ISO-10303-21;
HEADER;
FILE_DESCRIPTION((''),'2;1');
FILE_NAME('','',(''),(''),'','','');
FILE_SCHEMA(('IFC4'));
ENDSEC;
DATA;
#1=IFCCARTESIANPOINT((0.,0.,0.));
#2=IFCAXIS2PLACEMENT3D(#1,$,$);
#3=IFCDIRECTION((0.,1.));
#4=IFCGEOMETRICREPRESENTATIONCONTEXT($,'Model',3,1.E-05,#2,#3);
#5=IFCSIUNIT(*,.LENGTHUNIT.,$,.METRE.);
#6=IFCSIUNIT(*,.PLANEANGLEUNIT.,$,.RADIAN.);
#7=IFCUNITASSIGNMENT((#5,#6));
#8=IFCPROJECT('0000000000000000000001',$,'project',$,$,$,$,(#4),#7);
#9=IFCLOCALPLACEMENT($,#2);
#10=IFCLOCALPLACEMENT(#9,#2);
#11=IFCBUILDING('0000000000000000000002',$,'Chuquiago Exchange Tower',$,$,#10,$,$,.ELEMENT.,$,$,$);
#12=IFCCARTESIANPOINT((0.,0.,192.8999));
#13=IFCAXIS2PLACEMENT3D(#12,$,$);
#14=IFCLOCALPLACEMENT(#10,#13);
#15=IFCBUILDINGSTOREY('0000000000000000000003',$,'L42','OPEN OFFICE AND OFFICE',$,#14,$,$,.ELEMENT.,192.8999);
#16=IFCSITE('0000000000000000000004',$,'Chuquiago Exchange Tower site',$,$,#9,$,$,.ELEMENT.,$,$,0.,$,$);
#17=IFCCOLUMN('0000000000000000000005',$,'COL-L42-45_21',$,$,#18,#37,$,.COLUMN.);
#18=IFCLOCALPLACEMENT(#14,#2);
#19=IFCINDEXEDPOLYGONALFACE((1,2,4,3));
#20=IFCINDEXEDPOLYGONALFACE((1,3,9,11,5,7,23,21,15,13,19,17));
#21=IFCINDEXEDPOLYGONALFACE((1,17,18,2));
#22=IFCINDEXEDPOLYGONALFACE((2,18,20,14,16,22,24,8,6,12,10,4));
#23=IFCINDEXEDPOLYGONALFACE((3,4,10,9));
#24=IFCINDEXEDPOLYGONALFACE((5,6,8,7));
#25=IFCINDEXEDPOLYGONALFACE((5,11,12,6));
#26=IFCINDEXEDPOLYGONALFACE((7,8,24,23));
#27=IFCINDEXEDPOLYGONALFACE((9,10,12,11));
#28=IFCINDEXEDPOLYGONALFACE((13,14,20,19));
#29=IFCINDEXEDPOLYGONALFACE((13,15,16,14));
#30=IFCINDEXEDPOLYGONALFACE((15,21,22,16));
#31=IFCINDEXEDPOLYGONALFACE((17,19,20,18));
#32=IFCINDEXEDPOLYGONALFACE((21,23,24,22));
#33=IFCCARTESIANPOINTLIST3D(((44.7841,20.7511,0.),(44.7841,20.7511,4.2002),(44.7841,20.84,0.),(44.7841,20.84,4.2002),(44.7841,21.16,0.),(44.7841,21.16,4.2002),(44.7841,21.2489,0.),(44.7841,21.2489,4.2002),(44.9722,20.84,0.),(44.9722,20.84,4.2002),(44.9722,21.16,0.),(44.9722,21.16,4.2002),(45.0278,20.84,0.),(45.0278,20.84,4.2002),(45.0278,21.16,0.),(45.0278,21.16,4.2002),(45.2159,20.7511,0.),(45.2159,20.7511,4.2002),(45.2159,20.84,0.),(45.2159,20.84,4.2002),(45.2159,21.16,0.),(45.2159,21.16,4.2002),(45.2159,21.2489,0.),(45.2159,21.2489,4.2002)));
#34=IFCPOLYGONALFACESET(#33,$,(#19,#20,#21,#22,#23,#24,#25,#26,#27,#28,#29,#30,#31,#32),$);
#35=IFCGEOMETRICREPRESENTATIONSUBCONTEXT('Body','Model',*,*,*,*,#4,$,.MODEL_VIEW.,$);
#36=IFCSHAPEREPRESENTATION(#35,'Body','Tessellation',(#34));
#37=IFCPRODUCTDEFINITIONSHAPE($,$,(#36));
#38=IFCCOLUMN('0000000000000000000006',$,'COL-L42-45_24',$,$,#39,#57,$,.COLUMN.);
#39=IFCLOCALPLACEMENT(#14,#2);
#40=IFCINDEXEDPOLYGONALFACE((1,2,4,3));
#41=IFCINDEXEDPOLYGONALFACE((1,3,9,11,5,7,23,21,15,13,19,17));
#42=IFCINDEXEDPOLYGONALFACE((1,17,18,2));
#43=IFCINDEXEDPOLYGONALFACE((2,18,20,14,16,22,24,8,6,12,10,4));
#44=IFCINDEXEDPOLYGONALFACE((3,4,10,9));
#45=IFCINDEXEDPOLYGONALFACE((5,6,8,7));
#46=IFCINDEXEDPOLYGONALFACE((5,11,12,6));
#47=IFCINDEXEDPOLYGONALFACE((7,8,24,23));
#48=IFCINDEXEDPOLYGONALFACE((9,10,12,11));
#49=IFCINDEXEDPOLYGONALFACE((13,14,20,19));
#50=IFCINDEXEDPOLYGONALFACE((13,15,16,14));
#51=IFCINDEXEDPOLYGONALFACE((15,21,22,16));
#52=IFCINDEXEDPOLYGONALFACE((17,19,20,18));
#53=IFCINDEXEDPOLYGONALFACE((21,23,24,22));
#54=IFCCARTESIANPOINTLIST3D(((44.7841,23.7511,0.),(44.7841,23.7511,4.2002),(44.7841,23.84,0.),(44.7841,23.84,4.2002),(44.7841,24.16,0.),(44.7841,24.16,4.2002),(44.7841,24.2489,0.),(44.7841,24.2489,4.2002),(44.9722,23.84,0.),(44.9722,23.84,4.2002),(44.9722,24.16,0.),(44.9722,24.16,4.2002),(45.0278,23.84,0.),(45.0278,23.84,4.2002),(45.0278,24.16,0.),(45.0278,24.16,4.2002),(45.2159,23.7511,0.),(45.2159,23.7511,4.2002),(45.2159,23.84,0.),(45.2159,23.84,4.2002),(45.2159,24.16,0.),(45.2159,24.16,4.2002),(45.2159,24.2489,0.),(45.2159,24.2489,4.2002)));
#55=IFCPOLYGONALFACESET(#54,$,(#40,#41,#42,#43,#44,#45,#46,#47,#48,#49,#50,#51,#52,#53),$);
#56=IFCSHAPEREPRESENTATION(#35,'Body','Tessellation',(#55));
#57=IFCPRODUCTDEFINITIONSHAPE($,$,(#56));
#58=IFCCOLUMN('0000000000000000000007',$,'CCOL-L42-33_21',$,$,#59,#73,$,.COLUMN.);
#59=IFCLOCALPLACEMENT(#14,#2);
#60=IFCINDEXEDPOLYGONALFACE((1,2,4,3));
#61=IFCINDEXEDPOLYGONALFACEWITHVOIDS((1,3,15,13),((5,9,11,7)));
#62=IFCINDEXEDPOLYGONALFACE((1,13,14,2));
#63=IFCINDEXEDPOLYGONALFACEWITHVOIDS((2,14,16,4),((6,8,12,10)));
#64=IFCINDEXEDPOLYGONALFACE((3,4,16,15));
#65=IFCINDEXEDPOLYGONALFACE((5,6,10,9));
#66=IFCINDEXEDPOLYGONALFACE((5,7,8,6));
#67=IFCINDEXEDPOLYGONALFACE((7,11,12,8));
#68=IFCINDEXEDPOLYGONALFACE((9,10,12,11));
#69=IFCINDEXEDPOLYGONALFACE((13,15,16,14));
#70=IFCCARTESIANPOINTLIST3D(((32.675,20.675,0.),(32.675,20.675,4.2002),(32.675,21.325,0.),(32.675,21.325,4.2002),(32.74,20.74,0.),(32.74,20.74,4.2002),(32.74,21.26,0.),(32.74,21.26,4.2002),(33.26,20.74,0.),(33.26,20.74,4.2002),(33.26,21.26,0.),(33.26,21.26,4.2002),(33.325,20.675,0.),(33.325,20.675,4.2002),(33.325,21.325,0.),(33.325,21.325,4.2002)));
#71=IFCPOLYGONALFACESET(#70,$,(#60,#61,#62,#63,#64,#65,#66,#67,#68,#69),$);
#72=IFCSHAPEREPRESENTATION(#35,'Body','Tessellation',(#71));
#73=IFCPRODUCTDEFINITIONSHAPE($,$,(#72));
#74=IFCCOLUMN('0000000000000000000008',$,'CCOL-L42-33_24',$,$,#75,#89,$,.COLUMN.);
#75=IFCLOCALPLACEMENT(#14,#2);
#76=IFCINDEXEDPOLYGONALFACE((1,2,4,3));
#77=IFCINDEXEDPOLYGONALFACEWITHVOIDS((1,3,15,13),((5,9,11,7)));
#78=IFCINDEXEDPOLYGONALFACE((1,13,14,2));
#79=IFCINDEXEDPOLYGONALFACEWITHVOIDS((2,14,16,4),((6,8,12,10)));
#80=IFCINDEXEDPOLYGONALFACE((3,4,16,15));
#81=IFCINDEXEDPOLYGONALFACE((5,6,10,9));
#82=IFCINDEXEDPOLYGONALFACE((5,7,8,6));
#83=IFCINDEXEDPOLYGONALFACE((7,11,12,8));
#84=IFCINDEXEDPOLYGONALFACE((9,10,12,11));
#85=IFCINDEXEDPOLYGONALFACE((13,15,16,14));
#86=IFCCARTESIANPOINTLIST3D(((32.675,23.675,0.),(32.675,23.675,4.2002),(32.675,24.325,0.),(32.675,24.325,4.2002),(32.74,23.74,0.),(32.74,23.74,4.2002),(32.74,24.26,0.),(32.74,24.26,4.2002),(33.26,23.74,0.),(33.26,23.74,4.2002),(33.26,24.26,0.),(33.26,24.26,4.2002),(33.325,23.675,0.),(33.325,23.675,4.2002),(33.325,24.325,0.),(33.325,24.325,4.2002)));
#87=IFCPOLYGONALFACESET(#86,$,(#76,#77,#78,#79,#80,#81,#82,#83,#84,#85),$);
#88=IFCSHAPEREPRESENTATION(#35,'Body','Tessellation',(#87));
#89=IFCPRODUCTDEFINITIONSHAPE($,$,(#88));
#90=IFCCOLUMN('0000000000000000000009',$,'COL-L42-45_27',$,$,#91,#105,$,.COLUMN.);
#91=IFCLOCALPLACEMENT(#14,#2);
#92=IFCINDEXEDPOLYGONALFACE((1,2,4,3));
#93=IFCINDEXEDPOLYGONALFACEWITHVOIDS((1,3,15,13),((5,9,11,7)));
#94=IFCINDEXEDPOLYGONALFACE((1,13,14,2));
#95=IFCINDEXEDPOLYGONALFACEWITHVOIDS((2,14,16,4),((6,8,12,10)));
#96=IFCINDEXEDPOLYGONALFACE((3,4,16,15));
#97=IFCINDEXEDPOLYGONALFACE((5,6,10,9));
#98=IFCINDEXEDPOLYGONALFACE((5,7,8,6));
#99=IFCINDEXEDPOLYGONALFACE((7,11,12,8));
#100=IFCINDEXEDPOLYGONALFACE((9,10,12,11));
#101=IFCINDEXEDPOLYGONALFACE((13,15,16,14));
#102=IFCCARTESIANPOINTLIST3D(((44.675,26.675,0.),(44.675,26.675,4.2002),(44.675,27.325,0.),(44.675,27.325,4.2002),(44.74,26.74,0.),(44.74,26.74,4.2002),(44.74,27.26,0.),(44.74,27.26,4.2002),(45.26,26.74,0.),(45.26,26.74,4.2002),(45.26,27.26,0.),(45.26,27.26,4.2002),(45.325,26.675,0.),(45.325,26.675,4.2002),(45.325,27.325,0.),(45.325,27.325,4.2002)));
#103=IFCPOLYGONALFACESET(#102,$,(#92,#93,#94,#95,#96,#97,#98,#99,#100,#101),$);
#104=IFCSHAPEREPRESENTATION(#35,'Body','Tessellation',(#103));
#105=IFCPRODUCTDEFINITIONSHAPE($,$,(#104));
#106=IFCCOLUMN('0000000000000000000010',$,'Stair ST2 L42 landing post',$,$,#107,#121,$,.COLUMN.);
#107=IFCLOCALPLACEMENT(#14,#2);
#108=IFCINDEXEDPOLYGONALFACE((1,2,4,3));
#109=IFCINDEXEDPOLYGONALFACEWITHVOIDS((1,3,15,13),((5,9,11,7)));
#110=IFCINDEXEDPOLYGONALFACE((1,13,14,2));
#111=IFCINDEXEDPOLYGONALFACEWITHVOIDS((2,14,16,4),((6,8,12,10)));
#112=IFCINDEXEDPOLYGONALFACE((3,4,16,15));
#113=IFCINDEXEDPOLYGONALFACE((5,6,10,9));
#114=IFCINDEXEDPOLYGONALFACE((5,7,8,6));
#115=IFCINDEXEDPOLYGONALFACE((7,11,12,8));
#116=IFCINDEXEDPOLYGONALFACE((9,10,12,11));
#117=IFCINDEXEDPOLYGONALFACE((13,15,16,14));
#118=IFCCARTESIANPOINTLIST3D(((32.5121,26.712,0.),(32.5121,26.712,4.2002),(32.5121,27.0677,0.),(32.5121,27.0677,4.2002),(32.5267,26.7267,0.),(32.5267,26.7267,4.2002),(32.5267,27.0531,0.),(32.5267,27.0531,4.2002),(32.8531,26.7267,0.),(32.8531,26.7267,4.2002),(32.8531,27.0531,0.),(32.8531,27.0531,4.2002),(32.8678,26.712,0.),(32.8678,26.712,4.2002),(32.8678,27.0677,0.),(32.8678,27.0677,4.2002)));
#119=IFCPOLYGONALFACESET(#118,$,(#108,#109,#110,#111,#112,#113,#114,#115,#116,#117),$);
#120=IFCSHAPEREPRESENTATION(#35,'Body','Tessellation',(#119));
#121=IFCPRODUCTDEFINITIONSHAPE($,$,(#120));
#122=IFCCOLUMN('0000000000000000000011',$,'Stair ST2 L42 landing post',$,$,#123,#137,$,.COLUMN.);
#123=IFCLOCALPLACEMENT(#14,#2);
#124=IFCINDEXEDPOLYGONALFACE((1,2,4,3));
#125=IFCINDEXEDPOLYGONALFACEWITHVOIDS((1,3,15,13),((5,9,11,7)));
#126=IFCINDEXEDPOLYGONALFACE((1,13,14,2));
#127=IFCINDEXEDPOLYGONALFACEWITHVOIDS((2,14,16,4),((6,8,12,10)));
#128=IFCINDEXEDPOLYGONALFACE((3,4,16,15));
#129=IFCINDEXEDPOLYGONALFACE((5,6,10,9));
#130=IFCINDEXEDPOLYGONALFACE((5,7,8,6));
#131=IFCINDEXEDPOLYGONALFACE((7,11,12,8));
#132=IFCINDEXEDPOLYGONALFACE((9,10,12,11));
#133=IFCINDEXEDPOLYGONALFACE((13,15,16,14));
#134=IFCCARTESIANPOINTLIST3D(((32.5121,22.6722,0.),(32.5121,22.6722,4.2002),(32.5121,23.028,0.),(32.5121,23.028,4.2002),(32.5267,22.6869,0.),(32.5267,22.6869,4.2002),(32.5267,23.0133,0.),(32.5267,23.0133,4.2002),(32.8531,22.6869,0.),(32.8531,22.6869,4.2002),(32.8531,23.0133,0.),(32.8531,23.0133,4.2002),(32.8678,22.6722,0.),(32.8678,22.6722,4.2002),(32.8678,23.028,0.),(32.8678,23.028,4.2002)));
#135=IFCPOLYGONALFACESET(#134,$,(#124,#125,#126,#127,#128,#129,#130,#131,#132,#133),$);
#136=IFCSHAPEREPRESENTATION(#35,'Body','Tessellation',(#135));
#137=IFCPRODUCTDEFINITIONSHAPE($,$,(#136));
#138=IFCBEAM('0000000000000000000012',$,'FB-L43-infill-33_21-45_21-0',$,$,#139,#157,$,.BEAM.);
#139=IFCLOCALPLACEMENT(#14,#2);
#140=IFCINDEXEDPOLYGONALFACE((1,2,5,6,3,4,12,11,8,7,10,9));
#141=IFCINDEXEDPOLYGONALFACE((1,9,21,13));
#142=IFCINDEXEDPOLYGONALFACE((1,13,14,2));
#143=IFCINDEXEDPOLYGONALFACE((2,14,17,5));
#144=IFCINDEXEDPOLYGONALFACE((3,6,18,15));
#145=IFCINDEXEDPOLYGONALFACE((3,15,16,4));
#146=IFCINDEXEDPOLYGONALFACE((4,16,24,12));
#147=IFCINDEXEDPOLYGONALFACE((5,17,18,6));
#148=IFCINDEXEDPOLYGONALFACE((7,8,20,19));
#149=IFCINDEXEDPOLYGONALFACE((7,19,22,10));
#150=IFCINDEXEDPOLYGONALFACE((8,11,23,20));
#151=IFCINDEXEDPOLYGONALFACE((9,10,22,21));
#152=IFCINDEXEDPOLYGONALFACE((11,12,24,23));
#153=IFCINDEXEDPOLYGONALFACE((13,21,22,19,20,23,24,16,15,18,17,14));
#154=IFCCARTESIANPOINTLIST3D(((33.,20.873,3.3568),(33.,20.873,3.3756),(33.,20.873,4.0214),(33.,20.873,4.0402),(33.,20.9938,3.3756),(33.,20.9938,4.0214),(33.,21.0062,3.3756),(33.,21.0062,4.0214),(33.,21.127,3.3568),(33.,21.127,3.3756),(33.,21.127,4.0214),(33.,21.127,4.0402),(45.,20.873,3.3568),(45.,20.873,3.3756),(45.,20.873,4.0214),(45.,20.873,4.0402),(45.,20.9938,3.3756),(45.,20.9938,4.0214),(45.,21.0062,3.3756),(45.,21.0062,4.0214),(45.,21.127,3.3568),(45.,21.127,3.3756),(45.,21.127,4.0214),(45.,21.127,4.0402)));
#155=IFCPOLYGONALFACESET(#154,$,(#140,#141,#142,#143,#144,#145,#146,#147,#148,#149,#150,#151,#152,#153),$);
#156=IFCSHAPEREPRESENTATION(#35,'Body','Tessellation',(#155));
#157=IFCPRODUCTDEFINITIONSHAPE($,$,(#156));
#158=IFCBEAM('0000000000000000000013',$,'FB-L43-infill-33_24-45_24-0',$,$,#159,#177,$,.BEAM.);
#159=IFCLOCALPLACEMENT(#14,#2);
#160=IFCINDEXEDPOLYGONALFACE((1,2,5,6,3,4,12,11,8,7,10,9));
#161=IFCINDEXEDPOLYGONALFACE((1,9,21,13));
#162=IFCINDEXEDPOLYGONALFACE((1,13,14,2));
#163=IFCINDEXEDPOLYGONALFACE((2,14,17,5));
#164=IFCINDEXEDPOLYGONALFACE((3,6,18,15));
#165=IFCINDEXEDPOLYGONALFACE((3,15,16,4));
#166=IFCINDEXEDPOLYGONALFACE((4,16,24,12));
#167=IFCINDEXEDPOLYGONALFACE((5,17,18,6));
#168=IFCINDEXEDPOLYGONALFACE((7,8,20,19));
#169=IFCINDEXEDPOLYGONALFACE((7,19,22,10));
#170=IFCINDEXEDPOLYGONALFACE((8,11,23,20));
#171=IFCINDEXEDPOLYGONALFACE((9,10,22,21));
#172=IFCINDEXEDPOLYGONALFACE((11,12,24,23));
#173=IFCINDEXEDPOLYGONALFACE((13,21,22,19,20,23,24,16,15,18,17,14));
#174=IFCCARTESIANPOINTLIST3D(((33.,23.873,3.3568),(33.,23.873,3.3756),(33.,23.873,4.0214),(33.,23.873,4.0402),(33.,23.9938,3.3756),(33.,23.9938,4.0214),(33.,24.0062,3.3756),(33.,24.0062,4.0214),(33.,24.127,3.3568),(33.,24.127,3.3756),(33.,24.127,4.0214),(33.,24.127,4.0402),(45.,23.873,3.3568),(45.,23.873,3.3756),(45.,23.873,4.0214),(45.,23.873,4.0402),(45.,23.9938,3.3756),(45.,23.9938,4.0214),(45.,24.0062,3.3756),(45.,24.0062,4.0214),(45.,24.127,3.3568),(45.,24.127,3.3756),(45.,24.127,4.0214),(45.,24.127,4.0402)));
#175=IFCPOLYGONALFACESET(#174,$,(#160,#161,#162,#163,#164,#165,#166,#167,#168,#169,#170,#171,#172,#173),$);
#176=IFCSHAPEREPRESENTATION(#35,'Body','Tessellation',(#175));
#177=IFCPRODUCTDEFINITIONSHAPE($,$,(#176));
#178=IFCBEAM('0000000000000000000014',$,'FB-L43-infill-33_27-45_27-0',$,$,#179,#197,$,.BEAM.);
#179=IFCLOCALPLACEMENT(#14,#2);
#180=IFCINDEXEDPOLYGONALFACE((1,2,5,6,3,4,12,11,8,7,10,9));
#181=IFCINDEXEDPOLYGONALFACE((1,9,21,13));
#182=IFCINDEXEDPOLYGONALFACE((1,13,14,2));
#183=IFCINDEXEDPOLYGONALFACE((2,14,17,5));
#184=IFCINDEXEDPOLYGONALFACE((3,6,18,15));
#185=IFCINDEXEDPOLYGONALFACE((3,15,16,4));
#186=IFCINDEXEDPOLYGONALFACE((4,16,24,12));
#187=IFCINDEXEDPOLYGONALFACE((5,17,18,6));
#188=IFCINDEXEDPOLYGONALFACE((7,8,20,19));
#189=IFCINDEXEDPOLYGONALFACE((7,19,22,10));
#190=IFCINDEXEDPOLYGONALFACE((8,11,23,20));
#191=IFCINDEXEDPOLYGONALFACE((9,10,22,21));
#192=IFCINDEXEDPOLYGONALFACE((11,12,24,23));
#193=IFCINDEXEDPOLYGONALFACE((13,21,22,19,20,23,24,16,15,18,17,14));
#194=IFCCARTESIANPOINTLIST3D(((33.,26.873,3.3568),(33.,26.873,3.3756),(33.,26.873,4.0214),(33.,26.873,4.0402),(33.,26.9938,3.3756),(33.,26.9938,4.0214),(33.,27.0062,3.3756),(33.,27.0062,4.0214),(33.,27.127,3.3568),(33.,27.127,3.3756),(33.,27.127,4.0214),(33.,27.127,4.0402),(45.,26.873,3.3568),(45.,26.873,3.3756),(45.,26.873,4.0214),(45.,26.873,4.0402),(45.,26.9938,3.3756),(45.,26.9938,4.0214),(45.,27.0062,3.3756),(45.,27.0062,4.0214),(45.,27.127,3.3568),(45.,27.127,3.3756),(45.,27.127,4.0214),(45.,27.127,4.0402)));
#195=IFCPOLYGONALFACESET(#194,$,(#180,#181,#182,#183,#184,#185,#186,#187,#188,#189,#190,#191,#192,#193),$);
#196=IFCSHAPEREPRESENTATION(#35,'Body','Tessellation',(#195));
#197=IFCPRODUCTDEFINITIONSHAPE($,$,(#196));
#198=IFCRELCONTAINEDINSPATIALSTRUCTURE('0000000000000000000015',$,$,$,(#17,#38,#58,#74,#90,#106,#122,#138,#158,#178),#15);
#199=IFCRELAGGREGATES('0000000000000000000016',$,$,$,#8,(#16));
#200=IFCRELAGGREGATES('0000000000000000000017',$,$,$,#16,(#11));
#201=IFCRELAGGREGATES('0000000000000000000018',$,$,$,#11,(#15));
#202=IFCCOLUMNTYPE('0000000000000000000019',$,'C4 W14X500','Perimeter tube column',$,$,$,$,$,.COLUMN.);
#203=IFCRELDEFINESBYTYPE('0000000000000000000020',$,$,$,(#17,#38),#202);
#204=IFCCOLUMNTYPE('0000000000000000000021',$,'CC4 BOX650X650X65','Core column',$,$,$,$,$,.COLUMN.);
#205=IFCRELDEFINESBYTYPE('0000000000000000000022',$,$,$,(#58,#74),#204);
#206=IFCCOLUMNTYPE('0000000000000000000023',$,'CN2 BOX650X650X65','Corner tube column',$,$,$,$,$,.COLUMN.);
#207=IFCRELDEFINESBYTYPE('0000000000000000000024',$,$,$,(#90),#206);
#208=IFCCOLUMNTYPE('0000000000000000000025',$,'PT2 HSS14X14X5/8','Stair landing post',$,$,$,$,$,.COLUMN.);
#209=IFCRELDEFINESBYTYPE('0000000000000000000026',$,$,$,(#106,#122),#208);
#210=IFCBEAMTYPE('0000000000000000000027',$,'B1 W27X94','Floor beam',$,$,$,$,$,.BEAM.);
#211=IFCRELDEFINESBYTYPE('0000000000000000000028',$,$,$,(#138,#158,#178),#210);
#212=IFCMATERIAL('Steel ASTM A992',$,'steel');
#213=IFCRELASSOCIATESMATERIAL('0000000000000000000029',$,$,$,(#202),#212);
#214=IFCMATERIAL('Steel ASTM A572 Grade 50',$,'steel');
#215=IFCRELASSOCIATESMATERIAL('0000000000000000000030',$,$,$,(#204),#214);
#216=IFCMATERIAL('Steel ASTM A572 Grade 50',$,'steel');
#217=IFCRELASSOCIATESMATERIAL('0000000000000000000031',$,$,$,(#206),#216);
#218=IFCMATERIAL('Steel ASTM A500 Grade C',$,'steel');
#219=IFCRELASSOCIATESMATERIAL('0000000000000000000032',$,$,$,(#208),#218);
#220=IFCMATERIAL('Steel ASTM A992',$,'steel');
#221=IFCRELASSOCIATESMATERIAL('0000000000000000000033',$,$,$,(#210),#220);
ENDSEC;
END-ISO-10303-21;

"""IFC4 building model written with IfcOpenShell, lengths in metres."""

from ifc_helpers import new_model, si_unit, direction, frame, origin, origin_2d, place, context, subcontext, project, spatial, hollow_rectangle, i_section, extrude, material, material_profile, profile_set, type_object, element, save


model = new_model("IFC4")

# Units and contexts
model_context = context("Model", 3, precision=1e-05, world=origin(), true_north=direction((0.0, 1.0)))
body_context = subcontext(model_context, "Body", "Model", "MODEL_VIEW")
ifc_project = project(units=[si_unit("LENGTHUNIT", "METRE"), si_unit("PLANEANGLEUNIT", "RADIAN")], contexts=[model_context])

# Site, building, storey
site_placement = place(None, origin())
site = spatial("IfcSite", under=ifc_project, at=site_placement, Name="Chuquiago Exchange Tower site", CompositionType="ELEMENT", RefElevation=0.0)
building_placement = place(site_placement, origin())
building = spatial("IfcBuilding", under=site, at=building_placement, Name="Chuquiago Exchange Tower", CompositionType="ELEMENT")
storey_placement = place(building_placement, frame((0.0, 0.0, 192.8999)))
storey = spatial("IfcBuildingStorey", under=building, at=storey_placement, Name="L42", Description="OPEN OFFICE AND OFFICE", CompositionType="ELEMENT", Elevation=192.8999)

# Columns
ifc_material_1 = material(Name="Steel ASTM A992", Category="steel")
ifc_material_profile_1 = material_profile(ifc_material_1, i_section(OverallWidth=0.4319, OverallDepth=0.4978, WebThickness=0.0557, FlangeThickness=0.0889, at=origin_2d()), Name="W14X500")
ifc_profile_set_1 = profile_set([ifc_material_profile_1], Name="Steel ASTM A992")
column_type_1 = type_object("IfcColumnType", Name="C4 W14X500", Description="Perimeter tube column", PredefinedType="COLUMN", material=ifc_profile_set_1)
for number, where, z_axis, x_axis, name in (
    (1, (45.0, 21.0, 0.0), (0.0, 0.0, 1.0), (1.0, 0.0, 0.0), "COL-L42-45_21"),
    (2, (45.0, 24.0, 0.0), (0.0, 0.0, 1.0), (1.0, 0.0, 0.0), "COL-L42-45_24"),
):
    element("IfcColumn", number, at=place(storey_placement, frame(where, z_axis=z_axis, x_axis=x_axis)), inside=storey, type_object=column_type_1, Name=name, PredefinedType="COLUMN", context=body_context, shape_type="SweptSolid", body=[
        extrude(i_section(OverallWidth=0.4319, OverallDepth=0.4978, WebThickness=0.0557, FlangeThickness=0.0889, at=origin_2d()), origin(), (0.0, 0.0, 1.0), 4.2002),
    ])
ifc_material_2 = material(Name="Steel ASTM A572 Grade 50", Category="steel")
ifc_material_profile_2 = material_profile(ifc_material_2, hollow_rectangle(XDim=0.6499, YDim=0.6499, WallThickness=0.0649, at=origin_2d()), Name="BOX650X650X65")
ifc_profile_set_2 = profile_set([ifc_material_profile_2], Name="Steel ASTM A572 Grade 50")
column_type_2 = type_object("IfcColumnType", Name="CC4 BOX650X650X65", Description="Core column", PredefinedType="COLUMN", material=ifc_profile_set_2)
for number, where, z_axis, x_axis, name in (
    (3, (33.0, 21.0, 0.0), (0.0, 0.0, 1.0), (1.0, 0.0, 0.0), "CCOL-L42-33_21"),
    (4, (33.0, 24.0, 0.0), (0.0, 0.0, 1.0), (1.0, 0.0, 0.0), "CCOL-L42-33_24"),
):
    element("IfcColumn", number, at=place(storey_placement, frame(where, z_axis=z_axis, x_axis=x_axis)), inside=storey, type_object=column_type_2, Name=name, PredefinedType="COLUMN", context=body_context, shape_type="SweptSolid", body=[
        extrude(hollow_rectangle(XDim=0.6499, YDim=0.6499, WallThickness=0.0649, at=origin_2d()), origin(), (0.0, 0.0, 1.0), 4.2002),
    ])
ifc_material_3 = material(Name="Steel ASTM A572 Grade 50", Category="steel")
ifc_material_profile_3 = material_profile(ifc_material_3, hollow_rectangle(XDim=0.6499, YDim=0.6499, WallThickness=0.0649, at=origin_2d()), Name="BOX650X650X65")
ifc_profile_set_3 = profile_set([ifc_material_profile_3], Name="Steel ASTM A572 Grade 50")
column_type_3 = type_object("IfcColumnType", Name="CN2 BOX650X650X65", Description="Corner tube column", PredefinedType="COLUMN", material=ifc_profile_set_3)
column_placement = place(storey_placement, frame((45.0, 27.0, 0.0), z_axis=(0.0, 0.0, 1.0), x_axis=(1.0, 0.0, 0.0)))
element("IfcColumn", 5, at=column_placement, inside=storey, type_object=column_type_3, Name="COL-L42-45_27", PredefinedType="COLUMN", context=body_context, shape_type="SweptSolid", body=[
    extrude(hollow_rectangle(XDim=0.6499, YDim=0.6499, WallThickness=0.0649, at=origin_2d()), origin(), (0.0, 0.0, 1.0), 4.2002),
])
ifc_material_4 = material(Name="Steel ASTM A500 Grade C", Category="steel")
ifc_material_profile_4 = material_profile(ifc_material_4, hollow_rectangle(XDim=0.3557, YDim=0.3557, WallThickness=0.0146, at=origin_2d()), Name="HSS14X14X5/8")
ifc_profile_set_4 = profile_set([ifc_material_profile_4], Name="Steel ASTM A500 Grade C")
column_type_4 = type_object("IfcColumnType", Name="PT2 HSS14X14X5/8", Description="Stair landing post", PredefinedType="COLUMN", material=ifc_profile_set_4)
for number, where, z_axis, x_axis, name in (
    (6, (32.6899, 26.8899, 0.0), (0.0, 0.0, 1.0), (1.0, 0.0, 0.0), "Stair ST2 L42 landing post"),
    (7, (32.6899, 22.8501, 0.0), (0.0, 0.0, 1.0), (1.0, 0.0, 0.0), "Stair ST2 L42 landing post"),
):
    element("IfcColumn", number, at=place(storey_placement, frame(where, z_axis=z_axis, x_axis=x_axis)), inside=storey, type_object=column_type_4, Name=name, PredefinedType="COLUMN", context=body_context, shape_type="SweptSolid", body=[
        extrude(hollow_rectangle(XDim=0.3557, YDim=0.3557, WallThickness=0.0146, at=origin_2d()), origin(), (0.0, 0.0, 1.0), 4.2002),
    ])

# Beams
ifc_material_5 = material(Name="Steel ASTM A992", Category="steel")
ifc_material_profile_5 = material_profile(ifc_material_5, i_section(OverallWidth=0.2539, OverallDepth=0.6833, WebThickness=0.0125, FlangeThickness=0.0188, at=origin_2d()), Name="W27X94")
ifc_profile_set_5 = profile_set([ifc_material_profile_5], Name="Steel ASTM A992")
beam_type_1 = type_object("IfcBeamType", Name="B1 W27X94", Description="Floor beam", PredefinedType="BEAM", material=ifc_profile_set_5)
for number, where, z_axis, x_axis, name in (
    (8, (33.0, 21.0, 3.6985), (1.0, 0.0, 0.0), (0.0, 1.0, 0.0), "FB-L43-infill-33_21-45_21-0"),
    (9, (33.0, 24.0, 3.6985), (1.0, 0.0, 0.0), (0.0, 1.0, 0.0), "FB-L43-infill-33_24-45_24-0"),
    (10, (33.0, 27.0, 3.6985), (1.0, 0.0, 0.0), (0.0, 1.0, 0.0), "FB-L43-infill-33_27-45_27-0"),
):
    element("IfcBeam", number, at=place(storey_placement, frame(where, z_axis=z_axis, x_axis=x_axis)), inside=storey, type_object=beam_type_1, Name=name, PredefinedType="BEAM", context=body_context, shape_type="SweptSolid", body=[
        extrude(i_section(OverallWidth=0.2539, OverallDepth=0.6833, WebThickness=0.0125, FlangeThickness=0.0188, at=origin_2d()), origin(), (0.0, 0.0, 1.0), 12.0),
    ])

save(model, "model.ifc")
